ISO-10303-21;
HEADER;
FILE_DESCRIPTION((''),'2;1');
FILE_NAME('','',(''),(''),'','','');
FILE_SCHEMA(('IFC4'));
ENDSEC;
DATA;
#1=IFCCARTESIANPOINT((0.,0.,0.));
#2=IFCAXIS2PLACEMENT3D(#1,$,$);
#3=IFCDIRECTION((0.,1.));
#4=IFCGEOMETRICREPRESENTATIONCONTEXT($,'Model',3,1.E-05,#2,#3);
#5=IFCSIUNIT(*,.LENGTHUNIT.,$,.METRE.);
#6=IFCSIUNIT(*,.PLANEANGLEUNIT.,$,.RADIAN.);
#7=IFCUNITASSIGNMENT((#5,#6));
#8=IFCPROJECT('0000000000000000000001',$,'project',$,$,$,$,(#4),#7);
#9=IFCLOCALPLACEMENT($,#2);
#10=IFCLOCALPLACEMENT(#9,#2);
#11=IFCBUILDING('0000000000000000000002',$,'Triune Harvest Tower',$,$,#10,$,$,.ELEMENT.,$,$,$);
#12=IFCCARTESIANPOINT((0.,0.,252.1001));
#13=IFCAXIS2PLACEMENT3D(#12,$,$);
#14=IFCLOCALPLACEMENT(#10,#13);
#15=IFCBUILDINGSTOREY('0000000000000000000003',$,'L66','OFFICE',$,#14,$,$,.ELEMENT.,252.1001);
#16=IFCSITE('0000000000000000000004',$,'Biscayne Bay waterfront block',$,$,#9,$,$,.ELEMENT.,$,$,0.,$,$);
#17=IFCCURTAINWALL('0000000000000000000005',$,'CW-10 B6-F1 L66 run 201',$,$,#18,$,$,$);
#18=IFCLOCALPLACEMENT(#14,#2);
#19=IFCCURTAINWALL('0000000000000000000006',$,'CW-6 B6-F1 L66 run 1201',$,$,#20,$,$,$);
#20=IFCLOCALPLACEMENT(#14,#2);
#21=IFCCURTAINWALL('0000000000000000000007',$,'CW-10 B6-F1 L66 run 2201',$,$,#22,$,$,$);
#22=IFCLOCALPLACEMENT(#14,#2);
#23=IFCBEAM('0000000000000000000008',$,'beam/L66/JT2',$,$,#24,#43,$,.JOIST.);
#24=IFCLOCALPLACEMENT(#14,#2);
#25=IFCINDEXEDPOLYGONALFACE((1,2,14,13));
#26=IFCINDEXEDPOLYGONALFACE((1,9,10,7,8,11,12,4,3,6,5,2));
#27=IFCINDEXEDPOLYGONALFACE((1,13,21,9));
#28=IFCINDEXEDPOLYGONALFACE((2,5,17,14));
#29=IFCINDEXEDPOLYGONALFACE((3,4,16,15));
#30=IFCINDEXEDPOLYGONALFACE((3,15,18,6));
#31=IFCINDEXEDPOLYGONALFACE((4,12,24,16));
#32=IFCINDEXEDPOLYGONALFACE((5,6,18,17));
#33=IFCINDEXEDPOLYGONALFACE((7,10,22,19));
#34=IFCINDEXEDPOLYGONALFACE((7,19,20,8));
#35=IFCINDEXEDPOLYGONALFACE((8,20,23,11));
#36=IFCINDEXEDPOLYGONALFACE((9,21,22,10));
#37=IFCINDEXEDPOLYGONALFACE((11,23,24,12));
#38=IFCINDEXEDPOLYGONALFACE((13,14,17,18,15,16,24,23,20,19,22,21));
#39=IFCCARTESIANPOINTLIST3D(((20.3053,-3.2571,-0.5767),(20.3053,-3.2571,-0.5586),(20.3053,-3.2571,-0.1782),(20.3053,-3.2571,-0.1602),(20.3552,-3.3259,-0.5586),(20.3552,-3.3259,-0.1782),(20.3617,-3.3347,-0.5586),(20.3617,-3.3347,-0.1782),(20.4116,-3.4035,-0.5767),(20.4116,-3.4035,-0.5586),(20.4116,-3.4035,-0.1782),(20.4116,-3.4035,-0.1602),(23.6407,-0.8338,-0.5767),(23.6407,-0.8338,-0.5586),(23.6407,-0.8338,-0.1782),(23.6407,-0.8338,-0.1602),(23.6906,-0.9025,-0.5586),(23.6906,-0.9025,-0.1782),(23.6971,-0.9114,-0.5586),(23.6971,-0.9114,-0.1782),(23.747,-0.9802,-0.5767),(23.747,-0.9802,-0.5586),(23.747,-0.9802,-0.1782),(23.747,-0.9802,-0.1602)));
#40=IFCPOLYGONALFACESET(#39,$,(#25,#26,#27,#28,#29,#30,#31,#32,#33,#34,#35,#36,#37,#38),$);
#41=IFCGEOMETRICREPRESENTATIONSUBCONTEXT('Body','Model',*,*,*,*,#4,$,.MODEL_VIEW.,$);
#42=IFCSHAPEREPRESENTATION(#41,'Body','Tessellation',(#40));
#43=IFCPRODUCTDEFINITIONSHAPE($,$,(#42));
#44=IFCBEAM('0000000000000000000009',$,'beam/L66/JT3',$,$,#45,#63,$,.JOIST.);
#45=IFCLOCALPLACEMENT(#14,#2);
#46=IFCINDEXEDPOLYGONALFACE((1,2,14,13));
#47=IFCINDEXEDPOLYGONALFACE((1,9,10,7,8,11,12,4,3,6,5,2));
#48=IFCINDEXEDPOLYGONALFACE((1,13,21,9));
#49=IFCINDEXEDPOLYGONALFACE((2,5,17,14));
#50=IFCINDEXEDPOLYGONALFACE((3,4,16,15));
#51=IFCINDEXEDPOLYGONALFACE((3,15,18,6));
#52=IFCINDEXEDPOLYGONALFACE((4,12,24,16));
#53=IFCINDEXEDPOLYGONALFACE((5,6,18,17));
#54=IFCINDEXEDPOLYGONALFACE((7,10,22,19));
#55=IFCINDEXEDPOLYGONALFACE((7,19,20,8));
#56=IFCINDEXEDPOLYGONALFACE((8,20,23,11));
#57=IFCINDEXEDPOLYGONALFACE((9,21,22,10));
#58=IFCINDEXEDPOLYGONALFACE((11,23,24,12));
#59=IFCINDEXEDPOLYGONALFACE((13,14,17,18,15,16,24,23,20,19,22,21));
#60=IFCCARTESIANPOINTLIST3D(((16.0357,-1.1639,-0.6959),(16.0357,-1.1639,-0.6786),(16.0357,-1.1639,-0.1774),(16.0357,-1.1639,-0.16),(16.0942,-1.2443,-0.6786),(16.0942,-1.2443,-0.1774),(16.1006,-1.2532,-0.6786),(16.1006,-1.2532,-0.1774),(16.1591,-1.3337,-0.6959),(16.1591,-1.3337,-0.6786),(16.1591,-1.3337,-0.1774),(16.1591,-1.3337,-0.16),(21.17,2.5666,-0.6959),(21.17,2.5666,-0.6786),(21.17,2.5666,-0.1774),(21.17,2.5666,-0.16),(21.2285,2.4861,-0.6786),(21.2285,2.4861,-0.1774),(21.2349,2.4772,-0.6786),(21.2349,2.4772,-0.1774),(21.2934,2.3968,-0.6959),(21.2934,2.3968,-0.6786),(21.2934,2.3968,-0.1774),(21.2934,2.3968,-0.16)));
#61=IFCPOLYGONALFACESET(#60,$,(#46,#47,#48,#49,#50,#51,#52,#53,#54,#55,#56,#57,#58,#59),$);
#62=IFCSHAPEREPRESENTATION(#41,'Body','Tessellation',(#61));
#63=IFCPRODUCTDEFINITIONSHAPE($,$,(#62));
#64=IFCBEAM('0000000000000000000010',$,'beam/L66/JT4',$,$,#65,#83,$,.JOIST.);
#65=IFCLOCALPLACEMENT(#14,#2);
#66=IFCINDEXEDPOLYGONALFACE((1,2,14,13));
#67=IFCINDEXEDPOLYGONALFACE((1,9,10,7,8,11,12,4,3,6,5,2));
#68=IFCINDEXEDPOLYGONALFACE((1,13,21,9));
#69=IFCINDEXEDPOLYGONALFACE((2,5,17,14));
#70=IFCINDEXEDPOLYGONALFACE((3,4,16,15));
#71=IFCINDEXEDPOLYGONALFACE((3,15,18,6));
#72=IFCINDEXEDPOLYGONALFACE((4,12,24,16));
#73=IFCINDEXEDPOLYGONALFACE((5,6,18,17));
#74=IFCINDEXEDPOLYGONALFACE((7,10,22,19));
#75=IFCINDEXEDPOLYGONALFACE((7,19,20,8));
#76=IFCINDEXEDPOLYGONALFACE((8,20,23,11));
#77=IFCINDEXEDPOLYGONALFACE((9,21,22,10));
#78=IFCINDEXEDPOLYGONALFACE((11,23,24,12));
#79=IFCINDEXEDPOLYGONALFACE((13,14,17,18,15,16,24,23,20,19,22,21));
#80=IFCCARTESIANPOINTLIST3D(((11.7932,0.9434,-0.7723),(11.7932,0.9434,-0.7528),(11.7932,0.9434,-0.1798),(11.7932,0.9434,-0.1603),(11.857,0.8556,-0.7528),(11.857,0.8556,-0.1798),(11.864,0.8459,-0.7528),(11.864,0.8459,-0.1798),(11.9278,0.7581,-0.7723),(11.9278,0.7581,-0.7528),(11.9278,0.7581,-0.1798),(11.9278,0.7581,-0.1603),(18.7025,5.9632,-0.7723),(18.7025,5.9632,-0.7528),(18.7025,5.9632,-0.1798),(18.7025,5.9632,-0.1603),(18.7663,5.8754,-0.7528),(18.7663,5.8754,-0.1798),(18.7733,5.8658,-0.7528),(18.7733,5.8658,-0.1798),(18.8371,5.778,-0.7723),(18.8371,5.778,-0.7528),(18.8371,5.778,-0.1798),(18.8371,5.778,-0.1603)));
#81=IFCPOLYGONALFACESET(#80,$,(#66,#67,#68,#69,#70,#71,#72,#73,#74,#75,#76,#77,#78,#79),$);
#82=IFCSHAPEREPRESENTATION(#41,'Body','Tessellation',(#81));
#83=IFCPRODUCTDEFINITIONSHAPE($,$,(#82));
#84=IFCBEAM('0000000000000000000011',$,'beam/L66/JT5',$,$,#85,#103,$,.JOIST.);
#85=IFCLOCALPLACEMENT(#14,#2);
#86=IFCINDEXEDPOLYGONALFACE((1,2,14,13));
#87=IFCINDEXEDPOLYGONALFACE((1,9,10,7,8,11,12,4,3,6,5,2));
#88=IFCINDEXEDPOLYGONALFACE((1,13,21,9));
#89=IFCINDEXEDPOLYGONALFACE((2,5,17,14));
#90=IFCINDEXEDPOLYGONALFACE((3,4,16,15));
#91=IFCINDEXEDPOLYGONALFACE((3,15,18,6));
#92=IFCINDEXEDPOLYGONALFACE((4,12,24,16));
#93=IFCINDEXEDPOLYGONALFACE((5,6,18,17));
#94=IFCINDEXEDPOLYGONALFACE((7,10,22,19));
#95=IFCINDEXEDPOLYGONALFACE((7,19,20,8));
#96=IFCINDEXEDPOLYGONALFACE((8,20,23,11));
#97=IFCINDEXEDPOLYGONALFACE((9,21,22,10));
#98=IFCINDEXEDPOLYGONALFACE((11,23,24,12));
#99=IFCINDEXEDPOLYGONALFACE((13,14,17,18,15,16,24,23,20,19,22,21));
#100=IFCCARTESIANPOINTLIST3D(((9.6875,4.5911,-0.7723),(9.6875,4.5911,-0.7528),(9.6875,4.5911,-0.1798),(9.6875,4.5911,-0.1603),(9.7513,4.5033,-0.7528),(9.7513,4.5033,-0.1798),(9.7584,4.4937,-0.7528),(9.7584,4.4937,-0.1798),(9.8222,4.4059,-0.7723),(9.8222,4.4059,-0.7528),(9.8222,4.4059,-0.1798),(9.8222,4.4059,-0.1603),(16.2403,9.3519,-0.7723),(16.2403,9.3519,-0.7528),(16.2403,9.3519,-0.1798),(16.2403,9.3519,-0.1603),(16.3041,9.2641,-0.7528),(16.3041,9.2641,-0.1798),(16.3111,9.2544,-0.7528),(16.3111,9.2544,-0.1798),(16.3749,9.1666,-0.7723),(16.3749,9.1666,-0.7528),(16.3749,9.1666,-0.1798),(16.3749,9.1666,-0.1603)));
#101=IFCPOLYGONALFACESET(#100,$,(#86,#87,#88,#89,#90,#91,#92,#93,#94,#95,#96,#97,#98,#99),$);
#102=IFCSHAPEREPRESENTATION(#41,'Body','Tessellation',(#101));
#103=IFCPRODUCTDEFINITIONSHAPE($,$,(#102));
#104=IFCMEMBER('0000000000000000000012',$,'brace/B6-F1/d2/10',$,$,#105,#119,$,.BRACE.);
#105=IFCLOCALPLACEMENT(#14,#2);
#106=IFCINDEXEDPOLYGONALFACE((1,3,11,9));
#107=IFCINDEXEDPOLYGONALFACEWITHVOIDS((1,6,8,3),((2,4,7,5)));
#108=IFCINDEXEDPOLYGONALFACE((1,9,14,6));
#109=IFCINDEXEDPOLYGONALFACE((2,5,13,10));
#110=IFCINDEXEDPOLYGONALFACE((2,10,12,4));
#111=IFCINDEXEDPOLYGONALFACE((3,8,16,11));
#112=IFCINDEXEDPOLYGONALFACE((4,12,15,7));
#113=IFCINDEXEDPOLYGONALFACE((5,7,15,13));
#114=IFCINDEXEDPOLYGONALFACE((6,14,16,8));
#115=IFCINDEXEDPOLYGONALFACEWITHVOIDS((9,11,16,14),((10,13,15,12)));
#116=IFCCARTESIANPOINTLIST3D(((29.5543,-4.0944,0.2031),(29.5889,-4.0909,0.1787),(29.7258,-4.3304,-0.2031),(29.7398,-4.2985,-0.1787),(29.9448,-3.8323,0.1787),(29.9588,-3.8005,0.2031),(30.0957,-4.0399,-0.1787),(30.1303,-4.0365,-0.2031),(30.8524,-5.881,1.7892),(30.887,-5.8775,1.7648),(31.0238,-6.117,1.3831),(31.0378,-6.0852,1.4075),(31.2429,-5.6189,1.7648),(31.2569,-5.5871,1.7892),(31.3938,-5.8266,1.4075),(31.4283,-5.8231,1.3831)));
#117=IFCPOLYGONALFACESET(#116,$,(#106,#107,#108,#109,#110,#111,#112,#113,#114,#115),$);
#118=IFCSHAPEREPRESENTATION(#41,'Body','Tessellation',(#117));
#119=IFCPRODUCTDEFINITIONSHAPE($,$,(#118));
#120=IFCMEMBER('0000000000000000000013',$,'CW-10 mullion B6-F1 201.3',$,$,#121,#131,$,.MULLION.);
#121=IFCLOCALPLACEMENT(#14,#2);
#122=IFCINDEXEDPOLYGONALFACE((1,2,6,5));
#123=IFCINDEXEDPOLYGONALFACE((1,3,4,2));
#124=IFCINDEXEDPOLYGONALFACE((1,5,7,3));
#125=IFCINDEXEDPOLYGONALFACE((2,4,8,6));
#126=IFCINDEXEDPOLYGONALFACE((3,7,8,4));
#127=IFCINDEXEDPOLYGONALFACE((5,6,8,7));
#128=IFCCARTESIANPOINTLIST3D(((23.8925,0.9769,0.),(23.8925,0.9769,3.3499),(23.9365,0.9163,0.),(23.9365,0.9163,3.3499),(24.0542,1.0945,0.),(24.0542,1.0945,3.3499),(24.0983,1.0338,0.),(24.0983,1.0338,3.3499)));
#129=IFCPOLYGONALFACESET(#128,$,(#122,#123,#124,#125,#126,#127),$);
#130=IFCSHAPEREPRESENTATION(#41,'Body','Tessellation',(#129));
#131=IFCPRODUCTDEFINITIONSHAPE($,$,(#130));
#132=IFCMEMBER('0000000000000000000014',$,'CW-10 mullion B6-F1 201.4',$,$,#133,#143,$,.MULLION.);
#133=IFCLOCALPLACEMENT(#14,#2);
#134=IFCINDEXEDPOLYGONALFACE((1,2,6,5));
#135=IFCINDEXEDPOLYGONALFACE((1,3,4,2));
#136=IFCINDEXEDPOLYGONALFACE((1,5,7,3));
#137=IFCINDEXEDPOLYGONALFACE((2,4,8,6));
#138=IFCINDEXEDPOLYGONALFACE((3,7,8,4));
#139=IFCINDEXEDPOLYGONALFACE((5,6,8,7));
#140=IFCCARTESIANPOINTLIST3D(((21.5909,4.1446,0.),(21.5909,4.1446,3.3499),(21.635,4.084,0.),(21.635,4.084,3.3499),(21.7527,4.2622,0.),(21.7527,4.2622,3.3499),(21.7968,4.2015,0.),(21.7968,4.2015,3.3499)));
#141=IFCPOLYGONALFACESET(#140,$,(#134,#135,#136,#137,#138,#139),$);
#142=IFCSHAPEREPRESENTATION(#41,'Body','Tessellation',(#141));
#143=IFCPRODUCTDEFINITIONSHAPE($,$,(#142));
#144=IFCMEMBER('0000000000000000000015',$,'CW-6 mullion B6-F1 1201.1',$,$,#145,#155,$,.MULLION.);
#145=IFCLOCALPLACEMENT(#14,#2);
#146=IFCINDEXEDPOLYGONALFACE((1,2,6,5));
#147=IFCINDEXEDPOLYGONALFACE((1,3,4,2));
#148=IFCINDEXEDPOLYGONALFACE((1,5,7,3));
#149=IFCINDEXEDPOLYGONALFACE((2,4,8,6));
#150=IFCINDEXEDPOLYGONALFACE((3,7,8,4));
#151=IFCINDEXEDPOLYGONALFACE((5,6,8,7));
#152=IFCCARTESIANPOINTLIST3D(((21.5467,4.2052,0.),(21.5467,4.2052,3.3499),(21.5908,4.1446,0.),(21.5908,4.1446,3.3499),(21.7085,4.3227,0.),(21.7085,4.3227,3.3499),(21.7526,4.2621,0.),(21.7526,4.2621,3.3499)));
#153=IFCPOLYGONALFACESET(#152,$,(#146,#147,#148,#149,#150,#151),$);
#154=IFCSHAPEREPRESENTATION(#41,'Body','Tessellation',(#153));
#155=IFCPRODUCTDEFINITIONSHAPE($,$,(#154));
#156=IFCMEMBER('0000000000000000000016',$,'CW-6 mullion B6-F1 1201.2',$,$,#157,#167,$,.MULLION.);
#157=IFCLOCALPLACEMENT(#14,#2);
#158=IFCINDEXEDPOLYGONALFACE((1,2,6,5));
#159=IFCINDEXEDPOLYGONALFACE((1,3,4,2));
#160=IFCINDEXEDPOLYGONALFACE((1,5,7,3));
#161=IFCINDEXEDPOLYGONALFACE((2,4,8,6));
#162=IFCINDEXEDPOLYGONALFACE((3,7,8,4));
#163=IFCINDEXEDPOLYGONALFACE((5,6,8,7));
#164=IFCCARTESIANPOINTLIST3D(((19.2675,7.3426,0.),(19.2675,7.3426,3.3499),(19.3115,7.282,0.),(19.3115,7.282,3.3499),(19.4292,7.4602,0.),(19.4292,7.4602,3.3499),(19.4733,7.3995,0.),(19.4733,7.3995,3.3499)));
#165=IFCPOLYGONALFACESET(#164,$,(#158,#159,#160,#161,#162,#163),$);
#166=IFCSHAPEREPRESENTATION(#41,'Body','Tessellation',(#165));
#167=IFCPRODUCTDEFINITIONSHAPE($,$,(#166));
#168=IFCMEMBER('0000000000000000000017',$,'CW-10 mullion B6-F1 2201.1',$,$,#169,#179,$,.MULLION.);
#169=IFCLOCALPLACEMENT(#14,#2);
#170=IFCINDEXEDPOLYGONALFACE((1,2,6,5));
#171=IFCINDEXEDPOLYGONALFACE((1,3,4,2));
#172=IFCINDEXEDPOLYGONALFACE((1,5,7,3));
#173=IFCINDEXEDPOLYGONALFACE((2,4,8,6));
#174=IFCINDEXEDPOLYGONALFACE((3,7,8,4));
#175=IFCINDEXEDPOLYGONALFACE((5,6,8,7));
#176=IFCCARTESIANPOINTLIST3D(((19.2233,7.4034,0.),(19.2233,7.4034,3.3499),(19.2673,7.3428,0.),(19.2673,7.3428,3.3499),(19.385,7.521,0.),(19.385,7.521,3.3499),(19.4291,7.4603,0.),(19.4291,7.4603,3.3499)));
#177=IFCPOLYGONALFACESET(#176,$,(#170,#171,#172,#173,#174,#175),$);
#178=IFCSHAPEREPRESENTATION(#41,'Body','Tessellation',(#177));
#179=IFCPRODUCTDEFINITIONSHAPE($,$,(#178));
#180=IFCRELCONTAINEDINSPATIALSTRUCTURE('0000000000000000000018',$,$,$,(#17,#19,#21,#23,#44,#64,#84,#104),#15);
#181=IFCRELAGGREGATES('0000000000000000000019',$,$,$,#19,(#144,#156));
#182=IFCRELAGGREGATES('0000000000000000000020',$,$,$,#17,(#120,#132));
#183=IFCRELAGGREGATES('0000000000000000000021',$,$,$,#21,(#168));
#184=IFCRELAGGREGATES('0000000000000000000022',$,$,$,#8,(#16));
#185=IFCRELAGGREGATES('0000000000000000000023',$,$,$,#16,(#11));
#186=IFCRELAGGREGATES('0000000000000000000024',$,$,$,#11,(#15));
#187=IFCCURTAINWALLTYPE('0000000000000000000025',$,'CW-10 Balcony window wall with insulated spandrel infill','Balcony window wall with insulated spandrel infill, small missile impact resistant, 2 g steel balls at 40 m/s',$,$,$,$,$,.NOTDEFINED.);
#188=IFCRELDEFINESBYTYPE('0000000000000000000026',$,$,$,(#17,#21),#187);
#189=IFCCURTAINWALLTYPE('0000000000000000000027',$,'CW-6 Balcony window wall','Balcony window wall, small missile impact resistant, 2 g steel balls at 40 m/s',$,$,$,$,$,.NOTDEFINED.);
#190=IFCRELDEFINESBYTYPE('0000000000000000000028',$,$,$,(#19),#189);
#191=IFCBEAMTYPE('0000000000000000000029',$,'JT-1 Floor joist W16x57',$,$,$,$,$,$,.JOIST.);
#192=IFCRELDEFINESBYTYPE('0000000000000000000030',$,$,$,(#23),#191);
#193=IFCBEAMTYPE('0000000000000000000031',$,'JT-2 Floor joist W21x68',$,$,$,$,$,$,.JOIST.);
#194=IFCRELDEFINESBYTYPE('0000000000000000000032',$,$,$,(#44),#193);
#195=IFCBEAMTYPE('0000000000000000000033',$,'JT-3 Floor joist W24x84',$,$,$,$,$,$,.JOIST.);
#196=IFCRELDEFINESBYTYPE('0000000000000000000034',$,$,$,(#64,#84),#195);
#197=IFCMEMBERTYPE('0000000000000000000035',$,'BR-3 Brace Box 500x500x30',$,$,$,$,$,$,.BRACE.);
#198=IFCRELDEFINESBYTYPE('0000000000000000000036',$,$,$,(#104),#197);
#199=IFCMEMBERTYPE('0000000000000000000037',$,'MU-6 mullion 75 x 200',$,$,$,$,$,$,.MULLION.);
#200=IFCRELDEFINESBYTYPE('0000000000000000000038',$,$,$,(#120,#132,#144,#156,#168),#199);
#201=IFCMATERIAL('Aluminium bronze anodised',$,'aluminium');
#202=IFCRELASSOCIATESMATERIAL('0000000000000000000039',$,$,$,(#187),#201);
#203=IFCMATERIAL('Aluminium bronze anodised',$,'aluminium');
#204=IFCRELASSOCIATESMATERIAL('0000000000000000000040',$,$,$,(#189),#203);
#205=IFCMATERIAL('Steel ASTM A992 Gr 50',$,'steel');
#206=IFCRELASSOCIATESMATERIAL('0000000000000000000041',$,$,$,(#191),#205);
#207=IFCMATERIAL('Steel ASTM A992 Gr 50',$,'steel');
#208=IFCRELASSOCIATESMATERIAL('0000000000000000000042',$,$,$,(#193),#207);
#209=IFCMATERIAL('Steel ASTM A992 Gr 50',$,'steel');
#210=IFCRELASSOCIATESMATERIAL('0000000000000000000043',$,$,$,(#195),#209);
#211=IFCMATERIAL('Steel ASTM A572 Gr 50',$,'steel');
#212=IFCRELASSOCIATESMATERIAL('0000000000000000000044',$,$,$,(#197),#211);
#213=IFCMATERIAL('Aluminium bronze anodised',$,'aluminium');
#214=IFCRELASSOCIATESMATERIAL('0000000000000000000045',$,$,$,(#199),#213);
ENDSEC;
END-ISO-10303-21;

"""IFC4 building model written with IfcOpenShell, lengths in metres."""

from ifc_helpers import new_model, si_unit, direction, frame, origin, origin_2d, place, context, subcontext, project, spatial, rectangle, hollow_rectangle, i_section, extrude, source, transform, mapped, material, material_profile, profile_set, type_object, element, aggregate, save


model = new_model("IFC4")

# Units and contexts
model_context = context("Model", 3, precision=1e-05, world=origin(), true_north=direction((0.0, 1.0)))
body_context = subcontext(model_context, "Body", "Model", "MODEL_VIEW")
ifc_project = project(units=[si_unit("LENGTHUNIT", "METRE"), si_unit("PLANEANGLEUNIT", "RADIAN")], contexts=[model_context])

# Site, building, storey
site_placement = place(None, origin())
site = spatial("IfcSite", under=ifc_project, at=site_placement, Name="Biscayne Bay waterfront block", CompositionType="ELEMENT", RefElevation=0.0)
building_placement = place(site_placement, origin())
building = spatial("IfcBuilding", under=site, at=building_placement, Name="Triune Harvest Tower", CompositionType="ELEMENT")
storey_placement = place(building_placement, frame((0.0, 0.0, 252.1001)))
storey = spatial("IfcBuildingStorey", under=building, at=storey_placement, Name="L66", Description="OFFICE", CompositionType="ELEMENT", Elevation=252.1001)

# Curtain walls
ifc_material_1 = material(Name="Aluminium bronze anodised", Category="aluminium")
curtain_wall_type_1 = type_object("IfcCurtainWallType", Name="CW-10 Balcony window wall with insulated spandrel infill", Description="Balcony window wall with insulated spandrel infill, small missile impact resistant, 2 g steel balls at 40 m/s", PredefinedType="NOTDEFINED", material=ifc_material_1)
curtain_wall_1_placement = place(storey_placement, origin())
curtain_wall_1 = element("IfcCurtainWall", 1, at=curtain_wall_1_placement, inside=storey, type_object=curtain_wall_type_1, Name="CW-10 B6-F1 L66 run 201")
ifc_material_2 = material(Name="Aluminium bronze anodised", Category="aluminium")
curtain_wall_type_2 = type_object("IfcCurtainWallType", Name="CW-6 Balcony window wall", Description="Balcony window wall, small missile impact resistant, 2 g steel balls at 40 m/s", PredefinedType="NOTDEFINED", material=ifc_material_2)
curtain_wall_2_placement = place(storey_placement, origin())
curtain_wall_2 = element("IfcCurtainWall", 2, at=curtain_wall_2_placement, inside=storey, type_object=curtain_wall_type_2, Name="CW-6 B6-F1 L66 run 1201")
curtain_wall_3_placement = place(storey_placement, origin())
curtain_wall_3 = element("IfcCurtainWall", 3, at=curtain_wall_3_placement, inside=storey, type_object=curtain_wall_type_1, Name="CW-10 B6-F1 L66 run 2201")

# Beams
ifc_material_3 = material(Name="Steel ASTM A992 Gr 50", Category="steel")
ifc_material_profile_1 = material_profile(ifc_material_3, i_section(OverallWidth=0.1809, OverallDepth=0.4165, WebThickness=0.011, FlangeThickness=0.0181, at=origin_2d()), Name="W16x57")
ifc_profile_set_1 = profile_set([ifc_material_profile_1], Name="Steel ASTM A992 Gr 50")
beam_type_1 = type_object("IfcBeamType", Name="JT-1 Floor joist W16x57", PredefinedType="JOIST", material=ifc_profile_set_1)
shared_shape_1 = source(origin(), body_context, "Body", "SweptSolid", [
    extrude(i_section(OverallWidth=0.1809, OverallDepth=0.4165, WebThickness=0.011, FlangeThickness=0.0181, at=origin_2d()), origin(), (0.0, 0.0, 1.0), 4.1228),
])
beam_1_placement = place(storey_placement, frame((23.6938, -0.907, -0.3684), z_axis=(-0.809018, -0.587784, 0.0), x_axis=(0.587784, -0.809018, 0.0)))
element("IfcBeam", 4, at=beam_1_placement, inside=storey, type_object=beam_type_1, Name="beam/L66/JT2", PredefinedType="JOIST", context=body_context, shape_type="MappedRepresentation", body=[
    mapped(shared_shape_1, transform((0.0, 0.0, 0.0), scale=1.0)),
])
ifc_material_4 = material(Name="Steel ASTM A992 Gr 50", Category="steel")
ifc_material_profile_2 = material_profile(ifc_material_4, i_section(OverallWidth=0.21, OverallDepth=0.5359, WebThickness=0.011, FlangeThickness=0.0173, at=origin_2d()), Name="W21x68")
ifc_profile_set_2 = profile_set([ifc_material_profile_2], Name="Steel ASTM A992 Gr 50")
beam_type_2 = type_object("IfcBeamType", Name="JT-2 Floor joist W21x68", PredefinedType="JOIST", material=ifc_profile_set_2)
shared_shape_2 = source(origin(), body_context, "Body", "SweptSolid", [
    extrude(i_section(OverallWidth=0.21, OverallDepth=0.5359, WebThickness=0.011, FlangeThickness=0.0173, at=origin_2d()), origin(), (0.0, 0.0, 1.0), 6.3464),
])
beam_2_placement = place(storey_placement, frame((21.2317, 2.4817, -0.428), z_axis=(-0.809002, -0.587806, 0.0), x_axis=(0.587806, -0.809002, 0.0)))
element("IfcBeam", 5, at=beam_2_placement, inside=storey, type_object=beam_type_2, Name="beam/L66/JT3", PredefinedType="JOIST", context=body_context, shape_type="MappedRepresentation", body=[
    mapped(shared_shape_2, transform((0.0, 0.0, 0.0), scale=1.0)),
])
ifc_material_5 = material(Name="Steel ASTM A992 Gr 50", Category="steel")
ifc_material_profile_3 = material_profile(ifc_material_5, i_section(OverallWidth=0.229, OverallDepth=0.6121, WebThickness=0.012, FlangeThickness=0.0195, at=origin_2d()), Name="W24x84")
ifc_profile_set_3 = profile_set([ifc_material_profile_3], Name="Steel ASTM A992 Gr 50")
beam_type_3 = type_object("IfcBeamType", Name="JT-3 Floor joist W24x84", PredefinedType="JOIST", material=ifc_profile_set_3)
shared_shape_3 = source(origin(), body_context, "Body", "SweptSolid", [
    extrude(i_section(OverallWidth=0.229, OverallDepth=0.6121, WebThickness=0.012, FlangeThickness=0.0195, at=origin_2d()), origin(), (0.0, 0.0, 1.0), 8.5403),
])
beam_3_placement = place(storey_placement, frame((18.7698, 5.8706, -0.4663), z_axis=(-0.809019, -0.587782, 0.0), x_axis=(0.587782, -0.809019, 0.0)))
element("IfcBeam", 6, at=beam_3_placement, inside=storey, type_object=beam_type_3, Name="beam/L66/JT4", PredefinedType="JOIST", context=body_context, shape_type="MappedRepresentation", body=[
    mapped(shared_shape_3, transform((0.0, 0.0, 0.0), scale=1.0)),
])
shared_shape_4 = source(origin(), body_context, "Body", "SweptSolid", [
    extrude(i_section(OverallWidth=0.229, OverallDepth=0.6121, WebThickness=0.012, FlangeThickness=0.0195, at=origin_2d()), origin(), (0.0, 0.0, 1.0), 8.0996),
])
beam_4_placement = place(storey_placement, frame((16.3076, 9.2593, -0.4663), z_axis=(-0.809023, -0.587777, 0.0), x_axis=(0.587777, -0.809023, 0.0)))
element("IfcBeam", 7, at=beam_4_placement, inside=storey, type_object=beam_type_3, Name="beam/L66/JT5", PredefinedType="JOIST", context=body_context, shape_type="MappedRepresentation", body=[
    mapped(shared_shape_4, transform((0.0, 0.0, 0.0), scale=1.0)),
])

# Members
ifc_material_6 = material(Name="Steel ASTM A572 Gr 50", Category="steel")
ifc_material_profile_4 = material_profile(ifc_material_6, hollow_rectangle(XDim=0.5, YDim=0.5, WallThickness=0.03, at=origin_2d()), Name="Box 500x500x30")
ifc_profile_set_4 = profile_set([ifc_material_profile_4], Name="Steel ASTM A572 Gr 50")
member_type_1 = type_object("IfcMemberType", Name="BR-3 Brace Box 500x500x30", PredefinedType="BRACE", material=ifc_profile_set_4)
shared_shape_5 = source(origin(), body_context, "Body", "SweptSolid", [
    extrude(hollow_rectangle(XDim=0.5, YDim=0.5, WallThickness=0.03, at=origin_2d()), origin(), (0.0, 0.0, 1.0), 2.719),
])
member_1_placement = place(storey_placement, frame((29.8423, -4.0654, 0.0), z_axis=(0.477414, -0.657084, 0.583366), x_axis=(0.809008, 0.587797, 0.0)))
element("IfcMember", 8, at=member_1_placement, inside=storey, type_object=member_type_1, Name="brace/B6-F1/d2/10", PredefinedType="BRACE", context=body_context, shape_type="MappedRepresentation", body=[
    mapped(shared_shape_5, transform((0.0, 0.0, 0.0), scale=1.0)),
])
ifc_material_7 = material(Name="Aluminium bronze anodised", Category="aluminium")
ifc_material_profile_5 = material_profile(ifc_material_7, rectangle(XDim=0.2, YDim=0.075, at=origin_2d()), Name="MU-6 mullion 75 x 200")
ifc_profile_set_5 = profile_set([ifc_material_profile_5], Name="Aluminium bronze anodised")
member_type_2 = type_object("IfcMemberType", Name="MU-6 mullion 75 x 200", PredefinedType="MULLION", material=ifc_profile_set_5)
shared_shape_6 = source(origin(), body_context, "Body", "SweptSolid", [
    extrude(rectangle(XDim=0.2, YDim=0.075, at=origin_2d()), origin(), (0.0, 0.0, 1.0), 3.3499),
])
member_2_placement = place(storey_placement, frame((23.9954, 1.0054, 0.0), z_axis=(0.0, 0.0, 1.0), x_axis=(-0.809016, -0.587787, 0.0)))
member_2 = element("IfcMember", 9, at=member_2_placement, type_object=member_type_2, Name="CW-10 mullion B6-F1 201.3", PredefinedType="MULLION", context=body_context, shape_type="MappedRepresentation", body=[
    mapped(shared_shape_6, transform((0.0, 0.0, 0.0), scale=1.0)),
])
member_3_placement = place(storey_placement, frame((21.6938, 4.1731, 0.0), z_axis=(0.0, 0.0, 1.0), x_axis=(-0.809016, -0.587787, 0.0)))
member_3 = element("IfcMember", 10, at=member_3_placement, type_object=member_type_2, Name="CW-10 mullion B6-F1 201.4", PredefinedType="MULLION", context=body_context, shape_type="MappedRepresentation", body=[
    mapped(shared_shape_6, transform((0.0, 0.0, 0.0), scale=1.0)),
])
member_4_placement = place(storey_placement, frame((21.6497, 4.2336, 0.0), z_axis=(0.0, 0.0, 1.0), x_axis=(-0.809024, -0.587776, 0.0)))
member_4 = element("IfcMember", 11, at=member_4_placement, type_object=member_type_2, Name="CW-6 mullion B6-F1 1201.1", PredefinedType="MULLION", context=body_context, shape_type="MappedRepresentation", body=[
    mapped(shared_shape_6, transform((0.0, 0.0, 0.0), scale=1.0)),
])
member_5_placement = place(storey_placement, frame((19.3704, 7.3711, 0.0), z_axis=(0.0, 0.0, 1.0), x_axis=(-0.809024, -0.587776, 0.0)))
member_5 = element("IfcMember", 12, at=member_5_placement, type_object=member_type_2, Name="CW-6 mullion B6-F1 1201.2", PredefinedType="MULLION", context=body_context, shape_type="MappedRepresentation", body=[
    mapped(shared_shape_6, transform((0.0, 0.0, 0.0), scale=1.0)),
])
member_6_placement = place(storey_placement, frame((19.3262, 7.4319, 0.0), z_axis=(0.0, 0.0, 1.0), x_axis=(-0.809012, -0.587793, 0.0)))
member_6 = element("IfcMember", 13, at=member_6_placement, type_object=member_type_2, Name="CW-10 mullion B6-F1 2201.1", PredefinedType="MULLION", context=body_context, shape_type="MappedRepresentation", body=[
    mapped(shared_shape_6, transform((0.0, 0.0, 0.0), scale=1.0)),
])

aggregate(curtain_wall_2, [member_4, member_5])
aggregate(curtain_wall_1, [member_2, member_3])
aggregate(curtain_wall_3, [member_6])

save(model, "model.ifc")
